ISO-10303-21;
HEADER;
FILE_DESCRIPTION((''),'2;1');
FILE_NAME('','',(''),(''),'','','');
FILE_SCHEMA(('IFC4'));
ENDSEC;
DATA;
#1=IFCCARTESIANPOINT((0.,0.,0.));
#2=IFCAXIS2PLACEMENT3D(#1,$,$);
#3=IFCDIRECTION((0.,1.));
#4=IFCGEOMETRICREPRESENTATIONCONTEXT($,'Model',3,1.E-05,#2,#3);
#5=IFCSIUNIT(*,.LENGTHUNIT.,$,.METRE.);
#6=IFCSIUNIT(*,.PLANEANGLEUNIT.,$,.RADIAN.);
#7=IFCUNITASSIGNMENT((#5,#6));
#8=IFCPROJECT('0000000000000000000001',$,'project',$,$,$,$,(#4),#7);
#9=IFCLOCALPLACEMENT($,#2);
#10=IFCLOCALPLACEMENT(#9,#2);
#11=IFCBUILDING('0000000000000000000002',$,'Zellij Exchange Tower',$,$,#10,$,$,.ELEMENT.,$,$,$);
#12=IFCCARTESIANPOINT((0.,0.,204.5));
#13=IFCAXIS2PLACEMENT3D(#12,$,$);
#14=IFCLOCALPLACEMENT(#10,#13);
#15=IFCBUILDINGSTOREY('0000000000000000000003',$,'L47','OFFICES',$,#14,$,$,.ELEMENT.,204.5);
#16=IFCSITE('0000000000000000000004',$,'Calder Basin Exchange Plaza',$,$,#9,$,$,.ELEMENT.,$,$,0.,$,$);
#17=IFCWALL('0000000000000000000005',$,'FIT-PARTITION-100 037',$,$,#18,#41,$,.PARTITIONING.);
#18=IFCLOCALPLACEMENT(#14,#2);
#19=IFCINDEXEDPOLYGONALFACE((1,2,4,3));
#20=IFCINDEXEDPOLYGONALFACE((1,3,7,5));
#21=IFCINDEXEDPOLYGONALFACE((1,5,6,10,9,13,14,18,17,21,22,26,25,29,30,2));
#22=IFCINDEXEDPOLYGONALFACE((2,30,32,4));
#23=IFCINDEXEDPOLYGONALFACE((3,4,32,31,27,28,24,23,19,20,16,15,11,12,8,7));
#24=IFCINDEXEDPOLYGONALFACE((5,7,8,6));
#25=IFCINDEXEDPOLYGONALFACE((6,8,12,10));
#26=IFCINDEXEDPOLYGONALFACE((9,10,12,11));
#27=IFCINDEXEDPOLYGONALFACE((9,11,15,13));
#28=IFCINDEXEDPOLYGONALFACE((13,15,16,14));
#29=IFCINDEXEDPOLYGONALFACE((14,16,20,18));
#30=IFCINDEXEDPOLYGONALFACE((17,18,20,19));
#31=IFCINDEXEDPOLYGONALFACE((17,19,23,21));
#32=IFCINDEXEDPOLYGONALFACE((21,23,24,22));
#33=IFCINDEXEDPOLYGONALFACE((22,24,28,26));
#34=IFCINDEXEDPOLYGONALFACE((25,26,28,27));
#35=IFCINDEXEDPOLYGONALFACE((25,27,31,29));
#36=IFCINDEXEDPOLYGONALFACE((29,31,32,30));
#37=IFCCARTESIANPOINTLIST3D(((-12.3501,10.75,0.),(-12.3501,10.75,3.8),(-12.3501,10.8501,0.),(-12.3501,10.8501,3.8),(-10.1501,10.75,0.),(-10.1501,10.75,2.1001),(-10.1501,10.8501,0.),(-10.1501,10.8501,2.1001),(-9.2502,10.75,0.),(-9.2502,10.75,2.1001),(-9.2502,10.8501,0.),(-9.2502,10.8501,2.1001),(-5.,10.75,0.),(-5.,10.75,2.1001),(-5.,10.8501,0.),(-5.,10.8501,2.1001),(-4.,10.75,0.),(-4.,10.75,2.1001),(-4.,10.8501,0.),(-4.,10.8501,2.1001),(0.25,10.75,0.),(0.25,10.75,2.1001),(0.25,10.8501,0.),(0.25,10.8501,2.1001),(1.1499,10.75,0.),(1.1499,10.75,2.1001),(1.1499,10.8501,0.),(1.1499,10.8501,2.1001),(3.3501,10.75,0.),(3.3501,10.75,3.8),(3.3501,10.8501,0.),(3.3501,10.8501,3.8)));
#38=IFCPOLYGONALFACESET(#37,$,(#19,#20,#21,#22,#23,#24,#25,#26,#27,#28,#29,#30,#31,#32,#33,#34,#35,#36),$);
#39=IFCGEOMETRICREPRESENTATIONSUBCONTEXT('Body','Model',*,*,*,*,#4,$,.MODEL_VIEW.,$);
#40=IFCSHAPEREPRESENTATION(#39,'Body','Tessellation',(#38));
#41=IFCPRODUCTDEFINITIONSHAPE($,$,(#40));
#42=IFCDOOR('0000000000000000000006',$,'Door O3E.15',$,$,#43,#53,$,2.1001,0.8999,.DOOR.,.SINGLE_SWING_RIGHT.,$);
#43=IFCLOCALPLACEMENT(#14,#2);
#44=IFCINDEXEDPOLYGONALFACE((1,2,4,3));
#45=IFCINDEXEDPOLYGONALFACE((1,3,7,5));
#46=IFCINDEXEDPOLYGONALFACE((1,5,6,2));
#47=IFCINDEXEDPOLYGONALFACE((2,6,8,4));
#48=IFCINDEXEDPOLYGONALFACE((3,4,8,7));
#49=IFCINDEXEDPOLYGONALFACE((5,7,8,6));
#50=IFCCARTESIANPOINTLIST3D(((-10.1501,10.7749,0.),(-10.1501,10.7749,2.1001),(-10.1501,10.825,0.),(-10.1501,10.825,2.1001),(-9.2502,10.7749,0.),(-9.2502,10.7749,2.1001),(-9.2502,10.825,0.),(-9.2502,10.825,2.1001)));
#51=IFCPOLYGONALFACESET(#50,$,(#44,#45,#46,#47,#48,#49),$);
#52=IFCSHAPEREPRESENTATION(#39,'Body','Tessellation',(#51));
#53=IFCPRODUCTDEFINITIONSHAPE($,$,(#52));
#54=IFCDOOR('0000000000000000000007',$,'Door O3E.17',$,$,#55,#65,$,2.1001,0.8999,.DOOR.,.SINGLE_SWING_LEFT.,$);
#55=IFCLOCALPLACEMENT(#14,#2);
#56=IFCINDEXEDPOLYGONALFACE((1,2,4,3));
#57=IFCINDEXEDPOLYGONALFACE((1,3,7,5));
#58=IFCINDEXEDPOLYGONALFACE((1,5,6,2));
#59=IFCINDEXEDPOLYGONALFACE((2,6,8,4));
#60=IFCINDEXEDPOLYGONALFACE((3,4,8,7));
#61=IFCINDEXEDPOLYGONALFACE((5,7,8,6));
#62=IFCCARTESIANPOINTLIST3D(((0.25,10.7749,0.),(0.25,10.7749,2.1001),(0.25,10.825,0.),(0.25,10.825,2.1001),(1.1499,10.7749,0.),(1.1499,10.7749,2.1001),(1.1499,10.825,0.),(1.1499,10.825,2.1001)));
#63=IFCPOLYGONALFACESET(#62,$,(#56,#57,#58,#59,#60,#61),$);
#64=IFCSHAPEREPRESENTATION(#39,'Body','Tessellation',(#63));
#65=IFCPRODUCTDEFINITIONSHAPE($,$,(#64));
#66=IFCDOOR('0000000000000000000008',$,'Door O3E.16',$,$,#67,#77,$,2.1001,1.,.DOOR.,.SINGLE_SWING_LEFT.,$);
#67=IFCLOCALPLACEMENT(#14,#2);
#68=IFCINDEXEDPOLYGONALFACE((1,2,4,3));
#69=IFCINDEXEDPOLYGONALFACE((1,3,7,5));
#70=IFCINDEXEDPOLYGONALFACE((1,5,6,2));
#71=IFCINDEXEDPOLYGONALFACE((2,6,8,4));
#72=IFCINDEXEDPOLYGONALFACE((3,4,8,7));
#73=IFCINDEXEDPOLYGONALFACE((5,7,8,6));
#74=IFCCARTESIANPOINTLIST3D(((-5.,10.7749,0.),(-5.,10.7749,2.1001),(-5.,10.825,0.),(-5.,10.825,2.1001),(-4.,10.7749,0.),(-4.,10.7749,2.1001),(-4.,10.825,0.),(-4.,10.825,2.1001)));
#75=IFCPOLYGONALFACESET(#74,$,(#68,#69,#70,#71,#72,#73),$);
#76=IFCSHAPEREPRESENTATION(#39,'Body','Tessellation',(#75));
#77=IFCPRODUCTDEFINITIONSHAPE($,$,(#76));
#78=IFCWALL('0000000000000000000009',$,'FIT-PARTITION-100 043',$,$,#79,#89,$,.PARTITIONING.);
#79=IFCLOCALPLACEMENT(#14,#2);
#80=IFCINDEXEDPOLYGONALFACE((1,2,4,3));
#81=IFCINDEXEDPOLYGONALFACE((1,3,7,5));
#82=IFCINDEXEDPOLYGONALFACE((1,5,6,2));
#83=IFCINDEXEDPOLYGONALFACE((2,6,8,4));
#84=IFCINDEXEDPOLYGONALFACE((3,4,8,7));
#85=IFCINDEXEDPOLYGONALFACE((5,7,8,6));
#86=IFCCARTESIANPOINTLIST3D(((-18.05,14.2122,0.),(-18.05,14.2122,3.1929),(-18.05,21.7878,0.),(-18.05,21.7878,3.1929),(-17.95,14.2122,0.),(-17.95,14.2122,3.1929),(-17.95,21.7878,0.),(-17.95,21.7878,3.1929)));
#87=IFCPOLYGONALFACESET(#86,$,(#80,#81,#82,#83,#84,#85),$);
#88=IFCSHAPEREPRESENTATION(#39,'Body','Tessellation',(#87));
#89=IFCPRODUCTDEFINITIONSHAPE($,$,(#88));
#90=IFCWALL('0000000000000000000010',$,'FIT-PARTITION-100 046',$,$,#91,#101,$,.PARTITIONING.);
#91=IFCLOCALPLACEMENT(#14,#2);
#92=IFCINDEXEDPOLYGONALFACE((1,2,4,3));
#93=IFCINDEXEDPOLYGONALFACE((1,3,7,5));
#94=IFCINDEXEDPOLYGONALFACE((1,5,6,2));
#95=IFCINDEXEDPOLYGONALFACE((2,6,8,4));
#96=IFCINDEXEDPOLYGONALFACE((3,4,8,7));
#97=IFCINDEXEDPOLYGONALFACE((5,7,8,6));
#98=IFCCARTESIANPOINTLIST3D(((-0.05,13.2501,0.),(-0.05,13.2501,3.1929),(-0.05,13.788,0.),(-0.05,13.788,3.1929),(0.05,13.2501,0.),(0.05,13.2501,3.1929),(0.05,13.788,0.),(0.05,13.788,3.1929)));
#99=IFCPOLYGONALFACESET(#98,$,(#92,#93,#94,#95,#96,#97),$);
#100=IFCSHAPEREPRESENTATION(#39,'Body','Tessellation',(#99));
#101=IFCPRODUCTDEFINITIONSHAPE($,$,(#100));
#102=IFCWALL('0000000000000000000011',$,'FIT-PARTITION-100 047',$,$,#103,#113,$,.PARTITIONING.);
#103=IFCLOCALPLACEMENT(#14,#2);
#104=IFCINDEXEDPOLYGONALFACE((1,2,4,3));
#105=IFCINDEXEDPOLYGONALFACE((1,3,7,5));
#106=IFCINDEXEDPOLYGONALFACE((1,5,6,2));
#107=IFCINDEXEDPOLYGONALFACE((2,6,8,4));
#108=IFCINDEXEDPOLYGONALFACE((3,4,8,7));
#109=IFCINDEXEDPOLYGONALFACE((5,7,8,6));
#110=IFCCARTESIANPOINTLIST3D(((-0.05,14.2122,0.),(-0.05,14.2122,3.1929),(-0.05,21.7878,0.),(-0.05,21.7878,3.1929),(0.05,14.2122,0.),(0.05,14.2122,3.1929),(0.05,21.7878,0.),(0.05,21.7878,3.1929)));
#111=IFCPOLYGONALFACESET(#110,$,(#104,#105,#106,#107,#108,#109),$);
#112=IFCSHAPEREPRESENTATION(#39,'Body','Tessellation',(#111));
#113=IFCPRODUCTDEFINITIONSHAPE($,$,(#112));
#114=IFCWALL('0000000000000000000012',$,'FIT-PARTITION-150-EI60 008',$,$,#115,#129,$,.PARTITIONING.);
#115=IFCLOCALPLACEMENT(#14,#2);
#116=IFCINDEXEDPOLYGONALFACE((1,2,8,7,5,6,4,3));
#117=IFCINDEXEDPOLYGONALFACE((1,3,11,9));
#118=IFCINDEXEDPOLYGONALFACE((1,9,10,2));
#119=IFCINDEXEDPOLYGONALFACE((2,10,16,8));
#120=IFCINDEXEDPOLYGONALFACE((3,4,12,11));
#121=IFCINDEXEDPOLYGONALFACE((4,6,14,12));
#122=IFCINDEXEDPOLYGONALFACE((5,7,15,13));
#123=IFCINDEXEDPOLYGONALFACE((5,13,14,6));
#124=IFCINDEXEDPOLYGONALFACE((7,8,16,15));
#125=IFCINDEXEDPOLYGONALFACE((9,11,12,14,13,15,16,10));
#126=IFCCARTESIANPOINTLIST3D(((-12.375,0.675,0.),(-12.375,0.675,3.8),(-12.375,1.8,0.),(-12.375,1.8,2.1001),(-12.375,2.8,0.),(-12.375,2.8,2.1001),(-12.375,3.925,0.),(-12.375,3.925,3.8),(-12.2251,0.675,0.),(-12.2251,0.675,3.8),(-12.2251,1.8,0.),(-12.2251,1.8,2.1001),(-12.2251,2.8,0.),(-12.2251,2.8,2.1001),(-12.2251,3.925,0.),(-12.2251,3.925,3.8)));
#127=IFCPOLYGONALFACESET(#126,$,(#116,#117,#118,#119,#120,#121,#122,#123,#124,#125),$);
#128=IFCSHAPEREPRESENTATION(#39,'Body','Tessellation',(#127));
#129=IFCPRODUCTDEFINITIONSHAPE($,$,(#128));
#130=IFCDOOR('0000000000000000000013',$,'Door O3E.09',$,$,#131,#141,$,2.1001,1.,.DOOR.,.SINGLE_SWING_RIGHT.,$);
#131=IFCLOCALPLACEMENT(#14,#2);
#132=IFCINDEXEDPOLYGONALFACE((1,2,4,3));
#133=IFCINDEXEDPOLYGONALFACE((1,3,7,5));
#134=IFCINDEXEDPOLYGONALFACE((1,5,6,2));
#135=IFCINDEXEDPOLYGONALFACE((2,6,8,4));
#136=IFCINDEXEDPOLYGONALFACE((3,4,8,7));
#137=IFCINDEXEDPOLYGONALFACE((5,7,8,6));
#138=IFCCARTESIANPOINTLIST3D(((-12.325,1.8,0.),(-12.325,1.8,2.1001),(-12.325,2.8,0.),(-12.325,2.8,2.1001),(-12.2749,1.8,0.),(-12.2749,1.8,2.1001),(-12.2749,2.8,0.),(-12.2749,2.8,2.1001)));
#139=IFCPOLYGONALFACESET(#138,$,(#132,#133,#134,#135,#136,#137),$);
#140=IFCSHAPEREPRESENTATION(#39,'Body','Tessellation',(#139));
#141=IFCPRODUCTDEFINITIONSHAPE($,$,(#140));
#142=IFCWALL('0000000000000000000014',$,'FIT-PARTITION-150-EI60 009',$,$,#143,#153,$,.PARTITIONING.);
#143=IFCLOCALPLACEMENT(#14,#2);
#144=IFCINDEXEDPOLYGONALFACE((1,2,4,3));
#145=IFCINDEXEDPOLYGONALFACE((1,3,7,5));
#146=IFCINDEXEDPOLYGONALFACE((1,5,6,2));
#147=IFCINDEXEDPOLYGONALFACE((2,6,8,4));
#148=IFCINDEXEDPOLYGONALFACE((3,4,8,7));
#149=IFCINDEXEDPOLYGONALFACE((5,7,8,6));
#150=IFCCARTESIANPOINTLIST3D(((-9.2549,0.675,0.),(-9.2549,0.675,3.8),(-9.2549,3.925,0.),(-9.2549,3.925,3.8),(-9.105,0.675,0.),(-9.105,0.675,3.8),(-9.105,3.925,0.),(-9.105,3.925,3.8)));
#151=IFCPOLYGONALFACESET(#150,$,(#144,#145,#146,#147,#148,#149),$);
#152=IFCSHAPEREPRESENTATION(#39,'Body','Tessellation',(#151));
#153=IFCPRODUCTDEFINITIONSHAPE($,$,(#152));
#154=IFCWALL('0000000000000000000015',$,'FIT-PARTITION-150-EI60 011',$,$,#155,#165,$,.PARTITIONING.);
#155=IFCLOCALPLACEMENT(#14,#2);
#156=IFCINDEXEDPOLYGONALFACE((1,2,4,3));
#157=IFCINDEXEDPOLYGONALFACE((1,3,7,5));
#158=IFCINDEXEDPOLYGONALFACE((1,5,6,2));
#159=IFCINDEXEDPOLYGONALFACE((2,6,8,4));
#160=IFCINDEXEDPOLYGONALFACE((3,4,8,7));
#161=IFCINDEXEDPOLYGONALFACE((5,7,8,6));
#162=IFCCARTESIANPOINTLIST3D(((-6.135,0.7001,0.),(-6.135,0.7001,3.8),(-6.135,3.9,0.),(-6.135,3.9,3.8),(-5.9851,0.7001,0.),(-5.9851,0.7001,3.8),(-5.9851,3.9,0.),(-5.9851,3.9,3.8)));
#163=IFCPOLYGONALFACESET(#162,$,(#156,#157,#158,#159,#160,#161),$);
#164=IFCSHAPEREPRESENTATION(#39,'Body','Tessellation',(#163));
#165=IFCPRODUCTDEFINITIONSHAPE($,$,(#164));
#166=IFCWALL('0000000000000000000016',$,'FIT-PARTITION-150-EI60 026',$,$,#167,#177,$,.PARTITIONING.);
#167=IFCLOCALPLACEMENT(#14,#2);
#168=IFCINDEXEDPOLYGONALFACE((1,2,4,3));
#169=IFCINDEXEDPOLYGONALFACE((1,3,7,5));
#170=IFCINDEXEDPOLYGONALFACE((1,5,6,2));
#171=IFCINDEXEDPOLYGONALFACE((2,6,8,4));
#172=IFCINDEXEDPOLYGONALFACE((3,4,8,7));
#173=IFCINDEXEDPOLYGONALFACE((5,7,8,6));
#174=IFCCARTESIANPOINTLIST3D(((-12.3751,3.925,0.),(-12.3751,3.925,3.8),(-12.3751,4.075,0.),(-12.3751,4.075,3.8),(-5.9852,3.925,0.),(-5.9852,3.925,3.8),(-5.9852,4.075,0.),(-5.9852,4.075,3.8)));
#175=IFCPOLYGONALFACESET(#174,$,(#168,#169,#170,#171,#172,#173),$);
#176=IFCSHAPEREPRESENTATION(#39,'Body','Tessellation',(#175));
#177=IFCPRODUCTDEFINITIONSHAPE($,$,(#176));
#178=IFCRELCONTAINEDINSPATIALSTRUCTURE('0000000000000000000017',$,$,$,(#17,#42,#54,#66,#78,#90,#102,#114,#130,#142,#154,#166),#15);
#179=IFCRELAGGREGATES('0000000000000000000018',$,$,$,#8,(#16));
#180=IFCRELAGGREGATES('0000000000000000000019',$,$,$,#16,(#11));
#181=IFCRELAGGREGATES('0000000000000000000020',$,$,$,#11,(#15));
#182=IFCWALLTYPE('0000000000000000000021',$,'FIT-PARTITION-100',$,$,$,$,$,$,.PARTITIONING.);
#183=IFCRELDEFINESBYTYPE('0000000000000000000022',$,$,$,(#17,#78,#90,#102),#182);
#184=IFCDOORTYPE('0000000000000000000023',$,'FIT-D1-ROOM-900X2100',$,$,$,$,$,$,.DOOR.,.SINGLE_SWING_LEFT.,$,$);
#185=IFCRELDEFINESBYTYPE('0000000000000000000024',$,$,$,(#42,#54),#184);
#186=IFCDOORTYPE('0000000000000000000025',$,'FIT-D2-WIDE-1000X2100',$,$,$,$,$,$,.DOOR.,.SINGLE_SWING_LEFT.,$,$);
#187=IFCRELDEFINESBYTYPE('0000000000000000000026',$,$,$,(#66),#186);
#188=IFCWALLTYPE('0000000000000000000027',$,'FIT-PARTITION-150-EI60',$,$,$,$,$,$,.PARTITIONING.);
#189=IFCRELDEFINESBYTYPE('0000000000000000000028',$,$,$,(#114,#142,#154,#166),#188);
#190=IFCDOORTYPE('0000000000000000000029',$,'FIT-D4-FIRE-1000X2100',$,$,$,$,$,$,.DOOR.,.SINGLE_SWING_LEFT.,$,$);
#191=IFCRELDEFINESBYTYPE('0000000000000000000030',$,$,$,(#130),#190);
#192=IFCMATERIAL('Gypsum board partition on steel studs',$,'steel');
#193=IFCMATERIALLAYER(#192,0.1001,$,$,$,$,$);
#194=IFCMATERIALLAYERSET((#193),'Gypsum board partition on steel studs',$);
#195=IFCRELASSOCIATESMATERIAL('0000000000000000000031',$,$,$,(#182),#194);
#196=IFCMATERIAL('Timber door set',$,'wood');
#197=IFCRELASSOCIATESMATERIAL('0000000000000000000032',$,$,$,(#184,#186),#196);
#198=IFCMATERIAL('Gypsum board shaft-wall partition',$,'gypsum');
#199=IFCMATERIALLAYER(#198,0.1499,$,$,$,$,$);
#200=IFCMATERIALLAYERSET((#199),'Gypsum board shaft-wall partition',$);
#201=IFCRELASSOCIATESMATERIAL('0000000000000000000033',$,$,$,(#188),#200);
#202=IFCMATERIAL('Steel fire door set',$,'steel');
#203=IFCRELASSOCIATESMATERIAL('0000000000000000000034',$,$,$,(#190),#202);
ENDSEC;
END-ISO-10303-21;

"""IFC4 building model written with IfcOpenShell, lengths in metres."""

from ifc_helpers import new_model, si_unit, direction, frame, frame_2d, origin, place, context, subcontext, project, spatial, rectangle, extrude, material, layer, layer_set, type_object, element, fill, save


model = new_model("IFC4")

# Units and contexts
model_context = context("Model", 3, precision=1e-05, world=origin(), true_north=direction((0.0, 1.0)))
body_context = subcontext(model_context, "Body", "Model", "MODEL_VIEW")
ifc_project = project(units=[si_unit("LENGTHUNIT", "METRE"), si_unit("PLANEANGLEUNIT", "RADIAN")], contexts=[model_context])

# Site, building, storey
site_placement = place(None, origin())
site = spatial("IfcSite", under=ifc_project, at=site_placement, Name="Calder Basin Exchange Plaza", CompositionType="ELEMENT", RefElevation=0.0)
building_placement = place(site_placement, origin())
building = spatial("IfcBuilding", under=site, at=building_placement, Name="Zellij Exchange Tower", CompositionType="ELEMENT")
storey_placement = place(building_placement, frame((0.0, 0.0, 204.5)))
storey = spatial("IfcBuildingStorey", under=building, at=storey_placement, Name="L47", Description="OFFICES", CompositionType="ELEMENT", Elevation=204.5)

# Shared definitions
ifc_material_1 = material(Name="Gypsum board partition on steel studs", Category="steel")
ifc_layer_1 = layer(ifc_material_1, 0.1001)
ifc_layer_set_1 = layer_set([ifc_layer_1], Name="Gypsum board partition on steel studs")
wall_type_1 = type_object("IfcWallType", Name="FIT-PARTITION-100", PredefinedType="PARTITIONING", material=ifc_layer_set_1)

# Wall, openings, doors
wall_1_placement = place(storey_placement, frame((-12.3501, 10.8, 0.0), z_axis=(0.0, 0.0, 1.0), x_axis=(1.0, 0.0, 0.0)))
wall_1 = element("IfcWall", 1, at=wall_1_placement, inside=storey, type_object=wall_type_1, Name="FIT-PARTITION-100 037", PredefinedType="PARTITIONING", context=body_context, shape_type="SweptSolid", body=[
    extrude(rectangle(XDim=15.7002, YDim=0.1001, at=frame_2d((7.8501, 0.0))), origin(), (0.0, 0.0, 1.0), 3.8),
])
opening_1_placement = place(wall_1_placement, frame((2.2, 0.0, 0.0)))
opening_1 = element("IfcOpeningElement", 2, at=opening_1_placement, cuts=wall_1, PredefinedType="OPENING", context=body_context, shape_type="SweptSolid", body=[
    extrude(rectangle(XDim=0.8999, YDim=2.1001, at=frame_2d((0.45, 1.05))), frame((0.0, 0.062, 0.0), z_axis=(0.0, -1.0, 0.0), x_axis=(1.0, 0.0, 0.0)), (0.0, 0.0, 1.0), 0.124),
])
opening_2_placement = place(wall_1_placement, frame((7.3501, 0.0, 0.0)))
opening_2 = element("IfcOpeningElement", 3, at=opening_2_placement, cuts=wall_1, PredefinedType="OPENING", context=body_context, shape_type="SweptSolid", body=[
    extrude(rectangle(XDim=1.0, YDim=2.1001, at=frame_2d((0.5, 1.05))), frame((0.0, 0.062, 0.0), z_axis=(0.0, -1.0, 0.0), x_axis=(1.0, 0.0, 0.0)), (0.0, 0.0, 1.0), 0.124),
])
opening_3_placement = place(wall_1_placement, frame((12.6001, 0.0, 0.0)))
opening_3 = element("IfcOpeningElement", 4, at=opening_3_placement, cuts=wall_1, PredefinedType="OPENING", context=body_context, shape_type="SweptSolid", body=[
    extrude(rectangle(XDim=0.8999, YDim=2.1001, at=frame_2d((0.45, 1.05))), frame((0.0, 0.062, 0.0), z_axis=(0.0, -1.0, 0.0), x_axis=(1.0, 0.0, 0.0)), (0.0, 0.0, 1.0), 0.124),
])
ifc_material_2 = material(Name="Timber door set", Category="wood")
door_type_1 = type_object("IfcDoorType", Name="FIT-D1-ROOM-900X2100", OperationType="SINGLE_SWING_LEFT", PredefinedType="DOOR", material=ifc_material_2)
door_1_placement = place(opening_1_placement, origin())
door_1 = element("IfcDoor", 5, at=door_1_placement, inside=storey, type_object=door_type_1, Name="Door O3E.15", OperationType="SINGLE_SWING_RIGHT", OverallHeight=2.1001, OverallWidth=0.8999, PredefinedType="DOOR", context=body_context, shape_type="SweptSolid", body=[
    extrude(rectangle(XDim=0.8999, YDim=2.1001, at=frame_2d((0.45, 1.05))), frame((0.0, 0.0249, 0.0), z_axis=(0.0, -1.0, 0.0), x_axis=(1.0, 0.0, 0.0)), (0.0, 0.0, 1.0), 0.05),
])
fill(opening_1, door_1)
door_2_placement = place(opening_3_placement, origin())
door_2 = element("IfcDoor", 6, at=door_2_placement, inside=storey, type_object=door_type_1, Name="Door O3E.17", OperationType="SINGLE_SWING_LEFT", OverallHeight=2.1001, OverallWidth=0.8999, PredefinedType="DOOR", context=body_context, shape_type="SweptSolid", body=[
    extrude(rectangle(XDim=0.8999, YDim=2.1001, at=frame_2d((0.45, 1.05))), frame((0.0, 0.0249, 0.0), z_axis=(0.0, -1.0, 0.0), x_axis=(1.0, 0.0, 0.0)), (0.0, 0.0, 1.0), 0.05),
])
fill(opening_3, door_2)
door_type_2 = type_object("IfcDoorType", Name="FIT-D2-WIDE-1000X2100", OperationType="SINGLE_SWING_LEFT", PredefinedType="DOOR", material=ifc_material_2)
door_3_placement = place(opening_2_placement, origin())
door_3 = element("IfcDoor", 7, at=door_3_placement, inside=storey, type_object=door_type_2, Name="Door O3E.16", OperationType="SINGLE_SWING_LEFT", OverallHeight=2.1001, OverallWidth=1.0, PredefinedType="DOOR", context=body_context, shape_type="SweptSolid", body=[
    extrude(rectangle(XDim=1.0, YDim=2.1001, at=frame_2d((0.5, 1.05))), frame((0.0, 0.0249, 0.0), z_axis=(0.0, -1.0, 0.0), x_axis=(1.0, 0.0, 0.0)), (0.0, 0.0, 1.0), 0.05),
])
fill(opening_2, door_3)

# Walls
wall_2_placement = place(storey_placement, frame((-18.0, 14.2122, 0.0), z_axis=(0.0, 0.0, 1.0), x_axis=(0.0, 1.0, 0.0)))
element("IfcWall", 8, at=wall_2_placement, inside=storey, type_object=wall_type_1, Name="FIT-PARTITION-100 043", PredefinedType="PARTITIONING", context=body_context, shape_type="SweptSolid", body=[
    extrude(rectangle(XDim=7.5757, YDim=0.1001, at=frame_2d((3.7878, 0.0))), origin(), (0.0, 0.0, 1.0), 3.1929),
])
wall_3_placement = place(storey_placement, frame((0.0, 13.25, 0.0), z_axis=(0.0, 0.0, 1.0), x_axis=(0.0, 1.0, 0.0)))
element("IfcWall", 9, at=wall_3_placement, inside=storey, type_object=wall_type_1, Name="FIT-PARTITION-100 046", PredefinedType="PARTITIONING", context=body_context, shape_type="SweptSolid", body=[
    extrude(rectangle(XDim=0.5378, YDim=0.1001, at=frame_2d((0.269, 0.0))), origin(), (0.0, 0.0, 1.0), 3.1929),
])
wall_4_placement = place(storey_placement, frame((0.0, 14.2122, 0.0), z_axis=(0.0, 0.0, 1.0), x_axis=(0.0, 1.0, 0.0)))
element("IfcWall", 10, at=wall_4_placement, inside=storey, type_object=wall_type_1, Name="FIT-PARTITION-100 047", PredefinedType="PARTITIONING", context=body_context, shape_type="SweptSolid", body=[
    extrude(rectangle(XDim=7.5757, YDim=0.1001, at=frame_2d((3.7878, 0.0))), origin(), (0.0, 0.0, 1.0), 3.1929),
])

# Wall, opening, door
ifc_material_3 = material(Name="Gypsum board shaft-wall partition", Category="gypsum")
ifc_layer_2 = layer(ifc_material_3, 0.1499)
ifc_layer_set_2 = layer_set([ifc_layer_2], Name="Gypsum board shaft-wall partition")
wall_type_2 = type_object("IfcWallType", Name="FIT-PARTITION-150-EI60", PredefinedType="PARTITIONING", material=ifc_layer_set_2)
wall_5_placement = place(storey_placement, frame((-12.3, 0.675, 0.0), z_axis=(0.0, 0.0, 1.0), x_axis=(0.0, 1.0, 0.0)))
wall_5 = element("IfcWall", 11, at=wall_5_placement, inside=storey, type_object=wall_type_2, Name="FIT-PARTITION-150-EI60 008", PredefinedType="PARTITIONING", context=body_context, shape_type="SweptSolid", body=[
    extrude(rectangle(XDim=3.25, YDim=0.1499, at=frame_2d((1.625, 0.0))), origin(), (0.0, 0.0, 1.0), 3.8),
])
opening_4_placement = place(wall_5_placement, frame((1.125, 0.0, 0.0)))
opening_4 = element("IfcOpeningElement", 12, at=opening_4_placement, cuts=wall_5, PredefinedType="OPENING", context=body_context, shape_type="SweptSolid", body=[
    extrude(rectangle(XDim=1.0, YDim=2.1001, at=frame_2d((0.5, 1.05))), frame((0.0, 0.0869, 0.0), z_axis=(0.0, -1.0, 0.0), x_axis=(1.0, 0.0, 0.0)), (0.0, 0.0, 1.0), 0.1738),
])
ifc_material_4 = material(Name="Steel fire door set", Category="steel")
door_type_3 = type_object("IfcDoorType", Name="FIT-D4-FIRE-1000X2100", OperationType="SINGLE_SWING_LEFT", PredefinedType="DOOR", material=ifc_material_4)
door_4_placement = place(opening_4_placement, origin())
door_4 = element("IfcDoor", 13, at=door_4_placement, inside=storey, type_object=door_type_3, Name="Door O3E.09", OperationType="SINGLE_SWING_RIGHT", OverallHeight=2.1001, OverallWidth=1.0, PredefinedType="DOOR", context=body_context, shape_type="SweptSolid", body=[
    extrude(rectangle(XDim=1.0, YDim=2.1001, at=frame_2d((0.5, 1.05))), frame((0.0, 0.0249, 0.0), z_axis=(0.0, -1.0, 0.0), x_axis=(1.0, 0.0, 0.0)), (0.0, 0.0, 1.0), 0.05),
])
fill(opening_4, door_4)

# Walls
wall_6_placement = place(storey_placement, frame((-9.1799, 0.675, 0.0), z_axis=(0.0, 0.0, 1.0), x_axis=(0.0, 1.0, 0.0)))
element("IfcWall", 14, at=wall_6_placement, inside=storey, type_object=wall_type_2, Name="FIT-PARTITION-150-EI60 009", PredefinedType="PARTITIONING", context=body_context, shape_type="SweptSolid", body=[
    extrude(rectangle(XDim=3.25, YDim=0.1499, at=frame_2d((1.625, 0.0))), origin(), (0.0, 0.0, 1.0), 3.8),
])
wall_7_placement = place(storey_placement, frame((-6.0601, 0.7, 0.0), z_axis=(0.0, 0.0, 1.0), x_axis=(0.0, 1.0, 0.0)))
element("IfcWall", 15, at=wall_7_placement, inside=storey, type_object=wall_type_2, Name="FIT-PARTITION-150-EI60 011", PredefinedType="PARTITIONING", context=body_context, shape_type="SweptSolid", body=[
    extrude(rectangle(XDim=3.2, YDim=0.1499, at=frame_2d((1.6001, 0.0))), origin(), (0.0, 0.0, 1.0), 3.8),
])
wall_8_placement = place(storey_placement, frame((-12.375, 4.0, 0.0), z_axis=(0.0, 0.0, 1.0), x_axis=(1.0, 0.0, 0.0)))
element("IfcWall", 16, at=wall_8_placement, inside=storey, type_object=wall_type_2, Name="FIT-PARTITION-150-EI60 026", PredefinedType="PARTITIONING", context=body_context, shape_type="SweptSolid", body=[
    extrude(rectangle(XDim=6.3899, YDim=0.1499, at=frame_2d((3.1948, 0.0))), origin(), (0.0, 0.0, 1.0), 3.8),
])

save(model, "model.ifc")
